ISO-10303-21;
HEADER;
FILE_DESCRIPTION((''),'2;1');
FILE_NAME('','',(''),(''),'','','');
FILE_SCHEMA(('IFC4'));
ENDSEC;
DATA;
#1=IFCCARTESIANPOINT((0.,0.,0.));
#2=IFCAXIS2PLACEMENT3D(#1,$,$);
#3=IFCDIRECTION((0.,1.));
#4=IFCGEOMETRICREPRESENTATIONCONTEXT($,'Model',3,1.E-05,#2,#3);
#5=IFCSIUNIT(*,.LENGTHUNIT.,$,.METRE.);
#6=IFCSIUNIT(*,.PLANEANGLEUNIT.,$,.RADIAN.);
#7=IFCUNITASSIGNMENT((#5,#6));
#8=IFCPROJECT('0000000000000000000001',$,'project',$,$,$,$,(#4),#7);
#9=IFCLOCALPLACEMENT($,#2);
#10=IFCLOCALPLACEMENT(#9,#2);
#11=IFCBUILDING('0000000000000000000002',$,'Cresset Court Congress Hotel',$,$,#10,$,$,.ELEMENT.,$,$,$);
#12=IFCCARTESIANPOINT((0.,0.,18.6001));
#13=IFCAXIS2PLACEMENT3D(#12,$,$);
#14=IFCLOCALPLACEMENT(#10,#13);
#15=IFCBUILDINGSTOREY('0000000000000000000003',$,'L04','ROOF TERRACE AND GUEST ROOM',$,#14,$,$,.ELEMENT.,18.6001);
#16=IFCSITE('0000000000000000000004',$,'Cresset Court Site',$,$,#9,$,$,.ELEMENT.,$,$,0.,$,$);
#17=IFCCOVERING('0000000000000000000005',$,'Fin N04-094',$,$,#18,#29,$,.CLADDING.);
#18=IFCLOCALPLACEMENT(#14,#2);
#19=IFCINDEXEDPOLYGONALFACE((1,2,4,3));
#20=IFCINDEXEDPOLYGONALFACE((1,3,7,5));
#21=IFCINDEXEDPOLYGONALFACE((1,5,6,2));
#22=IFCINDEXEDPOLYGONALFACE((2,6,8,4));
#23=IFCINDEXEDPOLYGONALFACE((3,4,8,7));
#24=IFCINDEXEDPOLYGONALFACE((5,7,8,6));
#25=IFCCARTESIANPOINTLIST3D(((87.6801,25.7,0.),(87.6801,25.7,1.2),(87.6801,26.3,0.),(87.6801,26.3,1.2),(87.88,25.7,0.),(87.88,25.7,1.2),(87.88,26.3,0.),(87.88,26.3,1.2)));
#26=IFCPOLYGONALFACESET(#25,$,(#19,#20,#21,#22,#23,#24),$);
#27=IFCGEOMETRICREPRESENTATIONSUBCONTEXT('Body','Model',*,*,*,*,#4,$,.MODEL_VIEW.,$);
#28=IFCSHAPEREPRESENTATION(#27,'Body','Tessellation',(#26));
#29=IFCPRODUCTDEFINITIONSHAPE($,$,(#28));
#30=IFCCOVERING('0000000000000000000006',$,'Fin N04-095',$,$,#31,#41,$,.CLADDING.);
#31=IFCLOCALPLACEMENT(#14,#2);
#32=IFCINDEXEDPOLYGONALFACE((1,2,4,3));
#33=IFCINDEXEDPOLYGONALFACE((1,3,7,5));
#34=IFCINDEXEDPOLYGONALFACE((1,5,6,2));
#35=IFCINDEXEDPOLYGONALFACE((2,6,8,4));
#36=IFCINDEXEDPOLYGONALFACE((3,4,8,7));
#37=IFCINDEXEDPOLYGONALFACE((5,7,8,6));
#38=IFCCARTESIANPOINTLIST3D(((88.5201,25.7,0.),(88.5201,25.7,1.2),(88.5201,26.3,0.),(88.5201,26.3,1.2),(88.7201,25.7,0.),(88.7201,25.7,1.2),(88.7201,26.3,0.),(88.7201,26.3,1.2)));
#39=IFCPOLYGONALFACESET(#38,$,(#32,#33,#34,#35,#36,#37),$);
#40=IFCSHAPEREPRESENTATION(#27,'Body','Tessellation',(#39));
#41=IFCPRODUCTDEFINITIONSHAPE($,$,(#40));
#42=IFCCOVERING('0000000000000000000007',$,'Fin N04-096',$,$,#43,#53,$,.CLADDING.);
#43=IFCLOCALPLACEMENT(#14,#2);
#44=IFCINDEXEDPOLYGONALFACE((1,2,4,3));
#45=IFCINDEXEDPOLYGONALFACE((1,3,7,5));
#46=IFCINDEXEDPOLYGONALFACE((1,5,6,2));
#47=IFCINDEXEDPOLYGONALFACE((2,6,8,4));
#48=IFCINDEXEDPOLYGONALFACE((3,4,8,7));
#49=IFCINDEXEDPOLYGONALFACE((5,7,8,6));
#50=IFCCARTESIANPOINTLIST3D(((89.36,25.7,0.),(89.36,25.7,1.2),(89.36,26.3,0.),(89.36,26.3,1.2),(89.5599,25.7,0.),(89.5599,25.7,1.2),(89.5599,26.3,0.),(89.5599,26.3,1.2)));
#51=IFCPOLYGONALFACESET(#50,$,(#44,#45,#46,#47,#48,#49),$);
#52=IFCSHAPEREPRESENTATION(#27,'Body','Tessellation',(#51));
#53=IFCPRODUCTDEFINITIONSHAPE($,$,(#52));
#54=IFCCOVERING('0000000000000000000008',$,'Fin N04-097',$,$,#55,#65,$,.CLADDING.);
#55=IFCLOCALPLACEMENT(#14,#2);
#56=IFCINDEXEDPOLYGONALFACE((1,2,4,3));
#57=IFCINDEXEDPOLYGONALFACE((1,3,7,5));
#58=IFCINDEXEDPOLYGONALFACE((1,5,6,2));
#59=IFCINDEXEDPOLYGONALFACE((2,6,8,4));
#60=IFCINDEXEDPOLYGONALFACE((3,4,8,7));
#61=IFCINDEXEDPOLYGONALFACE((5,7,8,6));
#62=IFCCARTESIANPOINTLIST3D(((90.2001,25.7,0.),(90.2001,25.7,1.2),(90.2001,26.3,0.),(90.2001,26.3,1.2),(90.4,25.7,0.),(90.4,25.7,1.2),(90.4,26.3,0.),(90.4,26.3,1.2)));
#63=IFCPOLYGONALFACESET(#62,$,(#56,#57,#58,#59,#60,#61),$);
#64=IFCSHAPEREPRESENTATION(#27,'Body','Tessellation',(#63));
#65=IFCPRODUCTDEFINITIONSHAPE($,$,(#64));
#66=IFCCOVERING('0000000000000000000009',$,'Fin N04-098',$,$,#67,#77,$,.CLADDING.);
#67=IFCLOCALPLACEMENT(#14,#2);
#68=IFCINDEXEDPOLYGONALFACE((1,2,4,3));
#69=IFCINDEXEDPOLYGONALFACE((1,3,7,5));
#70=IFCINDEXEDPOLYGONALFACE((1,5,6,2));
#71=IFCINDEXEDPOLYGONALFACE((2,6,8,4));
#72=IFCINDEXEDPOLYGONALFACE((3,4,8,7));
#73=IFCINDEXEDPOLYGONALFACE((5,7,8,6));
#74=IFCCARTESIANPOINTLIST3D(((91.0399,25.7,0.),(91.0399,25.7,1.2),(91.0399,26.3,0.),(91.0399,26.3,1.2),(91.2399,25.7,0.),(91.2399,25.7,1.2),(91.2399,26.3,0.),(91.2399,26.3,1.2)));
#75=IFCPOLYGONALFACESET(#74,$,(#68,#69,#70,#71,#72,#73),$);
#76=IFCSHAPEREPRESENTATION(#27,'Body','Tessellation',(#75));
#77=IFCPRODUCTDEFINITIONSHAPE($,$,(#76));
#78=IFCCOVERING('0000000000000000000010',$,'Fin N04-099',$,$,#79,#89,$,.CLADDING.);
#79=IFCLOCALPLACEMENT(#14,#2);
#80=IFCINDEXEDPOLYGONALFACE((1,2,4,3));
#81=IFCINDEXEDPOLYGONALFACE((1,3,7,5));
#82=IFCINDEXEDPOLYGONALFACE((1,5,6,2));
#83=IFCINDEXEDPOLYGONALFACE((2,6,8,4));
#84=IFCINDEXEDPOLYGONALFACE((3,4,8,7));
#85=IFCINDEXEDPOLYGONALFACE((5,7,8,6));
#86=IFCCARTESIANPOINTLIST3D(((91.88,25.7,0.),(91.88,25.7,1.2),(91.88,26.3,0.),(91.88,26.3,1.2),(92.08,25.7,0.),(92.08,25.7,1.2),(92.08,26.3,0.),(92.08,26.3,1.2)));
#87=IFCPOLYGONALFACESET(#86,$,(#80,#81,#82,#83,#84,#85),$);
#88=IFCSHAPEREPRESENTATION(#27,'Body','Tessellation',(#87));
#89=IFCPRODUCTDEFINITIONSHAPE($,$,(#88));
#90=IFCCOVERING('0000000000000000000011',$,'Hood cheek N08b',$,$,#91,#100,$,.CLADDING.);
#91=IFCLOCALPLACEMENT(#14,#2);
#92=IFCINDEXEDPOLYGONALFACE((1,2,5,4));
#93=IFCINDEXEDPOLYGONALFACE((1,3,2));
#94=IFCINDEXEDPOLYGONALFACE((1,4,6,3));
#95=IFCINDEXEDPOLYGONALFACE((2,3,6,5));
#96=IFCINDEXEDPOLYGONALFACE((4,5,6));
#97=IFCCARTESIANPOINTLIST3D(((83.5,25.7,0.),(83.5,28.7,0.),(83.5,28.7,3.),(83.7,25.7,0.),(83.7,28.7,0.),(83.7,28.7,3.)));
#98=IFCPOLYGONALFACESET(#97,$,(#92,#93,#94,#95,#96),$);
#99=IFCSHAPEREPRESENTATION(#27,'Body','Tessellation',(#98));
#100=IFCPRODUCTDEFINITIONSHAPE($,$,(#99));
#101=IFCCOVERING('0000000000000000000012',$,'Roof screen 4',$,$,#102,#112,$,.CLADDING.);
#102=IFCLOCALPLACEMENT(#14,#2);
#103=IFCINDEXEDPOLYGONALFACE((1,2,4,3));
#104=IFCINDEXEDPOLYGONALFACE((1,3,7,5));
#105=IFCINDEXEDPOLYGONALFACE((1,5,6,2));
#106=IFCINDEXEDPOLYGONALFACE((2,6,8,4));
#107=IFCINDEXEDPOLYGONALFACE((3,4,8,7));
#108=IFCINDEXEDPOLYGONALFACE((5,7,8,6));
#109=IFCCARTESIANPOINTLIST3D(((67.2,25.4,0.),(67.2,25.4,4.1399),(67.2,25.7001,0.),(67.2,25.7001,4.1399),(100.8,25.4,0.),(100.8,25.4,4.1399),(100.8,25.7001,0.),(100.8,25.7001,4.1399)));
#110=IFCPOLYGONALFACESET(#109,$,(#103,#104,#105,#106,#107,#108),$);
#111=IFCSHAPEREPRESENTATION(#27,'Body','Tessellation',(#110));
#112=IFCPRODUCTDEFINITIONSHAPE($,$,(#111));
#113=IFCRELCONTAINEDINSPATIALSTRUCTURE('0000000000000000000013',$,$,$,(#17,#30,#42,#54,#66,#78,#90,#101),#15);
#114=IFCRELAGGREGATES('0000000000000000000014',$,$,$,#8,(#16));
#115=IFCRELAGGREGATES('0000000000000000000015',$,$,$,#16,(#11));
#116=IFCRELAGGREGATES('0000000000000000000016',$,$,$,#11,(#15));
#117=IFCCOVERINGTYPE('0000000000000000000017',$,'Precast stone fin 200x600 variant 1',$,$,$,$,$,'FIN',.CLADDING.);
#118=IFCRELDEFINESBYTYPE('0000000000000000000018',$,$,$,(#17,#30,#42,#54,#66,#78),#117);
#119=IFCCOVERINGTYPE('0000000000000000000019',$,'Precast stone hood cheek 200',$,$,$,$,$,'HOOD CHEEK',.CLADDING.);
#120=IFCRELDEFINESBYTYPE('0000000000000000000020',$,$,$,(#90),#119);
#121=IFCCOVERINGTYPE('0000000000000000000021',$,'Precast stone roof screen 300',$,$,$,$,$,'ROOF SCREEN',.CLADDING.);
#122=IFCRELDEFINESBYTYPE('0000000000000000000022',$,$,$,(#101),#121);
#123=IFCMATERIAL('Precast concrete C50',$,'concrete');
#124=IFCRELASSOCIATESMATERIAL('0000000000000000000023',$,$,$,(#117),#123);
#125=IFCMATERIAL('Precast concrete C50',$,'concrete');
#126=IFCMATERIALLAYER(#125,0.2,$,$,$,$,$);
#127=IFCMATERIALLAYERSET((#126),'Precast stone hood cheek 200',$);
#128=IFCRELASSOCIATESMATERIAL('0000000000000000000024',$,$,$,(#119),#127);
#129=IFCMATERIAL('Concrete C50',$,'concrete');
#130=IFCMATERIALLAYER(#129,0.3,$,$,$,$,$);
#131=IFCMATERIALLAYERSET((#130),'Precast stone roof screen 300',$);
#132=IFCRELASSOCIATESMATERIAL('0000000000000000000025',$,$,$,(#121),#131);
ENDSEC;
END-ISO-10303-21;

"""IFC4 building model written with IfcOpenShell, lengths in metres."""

from ifc_helpers import new_model, si_unit, direction, frame, origin, origin_2d, place, context, subcontext, project, spatial, polyline, rectangle, outline, extrude, material, layer, layer_set, type_object, element, save


model = new_model("IFC4")

# Units and contexts
model_context = context("Model", 3, precision=1e-05, world=origin(), true_north=direction((0.0, 1.0)))
body_context = subcontext(model_context, "Body", "Model", "MODEL_VIEW")
ifc_project = project(units=[si_unit("LENGTHUNIT", "METRE"), si_unit("PLANEANGLEUNIT", "RADIAN")], contexts=[model_context])

# Site, building, storey
site_placement = place(None, origin())
site = spatial("IfcSite", under=ifc_project, at=site_placement, Name="Cresset Court Site", CompositionType="ELEMENT", RefElevation=0.0)
building_placement = place(site_placement, origin())
building = spatial("IfcBuilding", under=site, at=building_placement, Name="Cresset Court Congress Hotel", CompositionType="ELEMENT")
storey_placement = place(building_placement, frame((0.0, 0.0, 18.6001)))
storey = spatial("IfcBuildingStorey", under=building, at=storey_placement, Name="L04", Description="ROOF TERRACE AND GUEST ROOM", CompositionType="ELEMENT", Elevation=18.6001)

# Coverings
ifc_material_1 = material(Name="Precast concrete C50", Category="concrete")
covering_type_1 = type_object("IfcCoveringType", Name="Precast stone fin 200x600 variant 1", ElementType="FIN", PredefinedType="CLADDING", material=ifc_material_1)
for number, where, z_axis, x_axis, name in (
    (1, (87.78, 26.0, 0.0), (0.0, 0.0, 1.0), (1.0, 0.0, 0.0), "Fin N04-094"),
    (2, (88.6201, 26.0, 0.0), (0.0, 0.0, 1.0), (1.0, 0.0, 0.0), "Fin N04-095"),
    (3, (89.46, 26.0, 0.0), (0.0, 0.0, 1.0), (1.0, 0.0, 0.0), "Fin N04-096"),
    (4, (90.3, 26.0, 0.0), (0.0, 0.0, 1.0), (1.0, 0.0, 0.0), "Fin N04-097"),
    (5, (91.1399, 26.0, 0.0), (0.0, 0.0, 1.0), (1.0, 0.0, 0.0), "Fin N04-098"),
    (6, (91.98, 26.0, 0.0), (0.0, 0.0, 1.0), (1.0, 0.0, 0.0), "Fin N04-099"),
):
    element("IfcCovering", number, at=place(storey_placement, frame(where, z_axis=z_axis, x_axis=x_axis)), inside=storey, type_object=covering_type_1, Name=name, PredefinedType="CLADDING", context=body_context, shape_type="SweptSolid", body=[
        extrude(rectangle(XDim=0.2, YDim=0.6001, at=origin_2d()), origin(), (0.0, 0.0, 1.0), 1.2),
    ])
ifc_material_2 = material(Name="Precast concrete C50", Category="concrete")
ifc_layer_1 = layer(ifc_material_2, 0.2)
ifc_layer_set_1 = layer_set([ifc_layer_1], Name="Precast stone hood cheek 200")
covering_type_2 = type_object("IfcCoveringType", Name="Precast stone hood cheek 200", ElementType="HOOD CHEEK", PredefinedType="CLADDING", material=ifc_layer_set_1)
covering_1_placement = place(storey_placement, frame((83.7, 25.7, 0.0), z_axis=(1.0, 0.0, 0.0), x_axis=(0.0, 1.0, 0.0)))
element("IfcCovering", 7, at=covering_1_placement, inside=storey, type_object=covering_type_2, Name="Hood cheek N08b", PredefinedType="CLADDING", context=body_context, shape_type="SweptSolid", body=[
    extrude(outline(polyline([(0.0, 0.0), (3.0, 0.0), (3.0, 3.0), (0.0, 0.0)])), origin(), (0.0, 0.0, -1.0), 0.2),
])
ifc_material_3 = material(Name="Concrete C50", Category="concrete")
ifc_layer_2 = layer(ifc_material_3, 0.3)
ifc_layer_set_2 = layer_set([ifc_layer_2], Name="Precast stone roof screen 300")
covering_type_3 = type_object("IfcCoveringType", Name="Precast stone roof screen 300", ElementType="ROOF SCREEN", PredefinedType="CLADDING", material=ifc_layer_set_2)
covering_2_placement = place(storey_placement, frame((84.0, 25.55, 0.0), z_axis=(0.0, 0.0, 1.0), x_axis=(1.0, 0.0, 0.0)))
element("IfcCovering", 8, at=covering_2_placement, inside=storey, type_object=covering_type_3, Name="Roof screen 4", PredefinedType="CLADDING", context=body_context, shape_type="SweptSolid", body=[
    extrude(rectangle(XDim=33.6001, YDim=0.3, at=origin_2d()), origin(), (0.0, 0.0, 1.0), 4.1399),
])

save(model, "model.ifc")
